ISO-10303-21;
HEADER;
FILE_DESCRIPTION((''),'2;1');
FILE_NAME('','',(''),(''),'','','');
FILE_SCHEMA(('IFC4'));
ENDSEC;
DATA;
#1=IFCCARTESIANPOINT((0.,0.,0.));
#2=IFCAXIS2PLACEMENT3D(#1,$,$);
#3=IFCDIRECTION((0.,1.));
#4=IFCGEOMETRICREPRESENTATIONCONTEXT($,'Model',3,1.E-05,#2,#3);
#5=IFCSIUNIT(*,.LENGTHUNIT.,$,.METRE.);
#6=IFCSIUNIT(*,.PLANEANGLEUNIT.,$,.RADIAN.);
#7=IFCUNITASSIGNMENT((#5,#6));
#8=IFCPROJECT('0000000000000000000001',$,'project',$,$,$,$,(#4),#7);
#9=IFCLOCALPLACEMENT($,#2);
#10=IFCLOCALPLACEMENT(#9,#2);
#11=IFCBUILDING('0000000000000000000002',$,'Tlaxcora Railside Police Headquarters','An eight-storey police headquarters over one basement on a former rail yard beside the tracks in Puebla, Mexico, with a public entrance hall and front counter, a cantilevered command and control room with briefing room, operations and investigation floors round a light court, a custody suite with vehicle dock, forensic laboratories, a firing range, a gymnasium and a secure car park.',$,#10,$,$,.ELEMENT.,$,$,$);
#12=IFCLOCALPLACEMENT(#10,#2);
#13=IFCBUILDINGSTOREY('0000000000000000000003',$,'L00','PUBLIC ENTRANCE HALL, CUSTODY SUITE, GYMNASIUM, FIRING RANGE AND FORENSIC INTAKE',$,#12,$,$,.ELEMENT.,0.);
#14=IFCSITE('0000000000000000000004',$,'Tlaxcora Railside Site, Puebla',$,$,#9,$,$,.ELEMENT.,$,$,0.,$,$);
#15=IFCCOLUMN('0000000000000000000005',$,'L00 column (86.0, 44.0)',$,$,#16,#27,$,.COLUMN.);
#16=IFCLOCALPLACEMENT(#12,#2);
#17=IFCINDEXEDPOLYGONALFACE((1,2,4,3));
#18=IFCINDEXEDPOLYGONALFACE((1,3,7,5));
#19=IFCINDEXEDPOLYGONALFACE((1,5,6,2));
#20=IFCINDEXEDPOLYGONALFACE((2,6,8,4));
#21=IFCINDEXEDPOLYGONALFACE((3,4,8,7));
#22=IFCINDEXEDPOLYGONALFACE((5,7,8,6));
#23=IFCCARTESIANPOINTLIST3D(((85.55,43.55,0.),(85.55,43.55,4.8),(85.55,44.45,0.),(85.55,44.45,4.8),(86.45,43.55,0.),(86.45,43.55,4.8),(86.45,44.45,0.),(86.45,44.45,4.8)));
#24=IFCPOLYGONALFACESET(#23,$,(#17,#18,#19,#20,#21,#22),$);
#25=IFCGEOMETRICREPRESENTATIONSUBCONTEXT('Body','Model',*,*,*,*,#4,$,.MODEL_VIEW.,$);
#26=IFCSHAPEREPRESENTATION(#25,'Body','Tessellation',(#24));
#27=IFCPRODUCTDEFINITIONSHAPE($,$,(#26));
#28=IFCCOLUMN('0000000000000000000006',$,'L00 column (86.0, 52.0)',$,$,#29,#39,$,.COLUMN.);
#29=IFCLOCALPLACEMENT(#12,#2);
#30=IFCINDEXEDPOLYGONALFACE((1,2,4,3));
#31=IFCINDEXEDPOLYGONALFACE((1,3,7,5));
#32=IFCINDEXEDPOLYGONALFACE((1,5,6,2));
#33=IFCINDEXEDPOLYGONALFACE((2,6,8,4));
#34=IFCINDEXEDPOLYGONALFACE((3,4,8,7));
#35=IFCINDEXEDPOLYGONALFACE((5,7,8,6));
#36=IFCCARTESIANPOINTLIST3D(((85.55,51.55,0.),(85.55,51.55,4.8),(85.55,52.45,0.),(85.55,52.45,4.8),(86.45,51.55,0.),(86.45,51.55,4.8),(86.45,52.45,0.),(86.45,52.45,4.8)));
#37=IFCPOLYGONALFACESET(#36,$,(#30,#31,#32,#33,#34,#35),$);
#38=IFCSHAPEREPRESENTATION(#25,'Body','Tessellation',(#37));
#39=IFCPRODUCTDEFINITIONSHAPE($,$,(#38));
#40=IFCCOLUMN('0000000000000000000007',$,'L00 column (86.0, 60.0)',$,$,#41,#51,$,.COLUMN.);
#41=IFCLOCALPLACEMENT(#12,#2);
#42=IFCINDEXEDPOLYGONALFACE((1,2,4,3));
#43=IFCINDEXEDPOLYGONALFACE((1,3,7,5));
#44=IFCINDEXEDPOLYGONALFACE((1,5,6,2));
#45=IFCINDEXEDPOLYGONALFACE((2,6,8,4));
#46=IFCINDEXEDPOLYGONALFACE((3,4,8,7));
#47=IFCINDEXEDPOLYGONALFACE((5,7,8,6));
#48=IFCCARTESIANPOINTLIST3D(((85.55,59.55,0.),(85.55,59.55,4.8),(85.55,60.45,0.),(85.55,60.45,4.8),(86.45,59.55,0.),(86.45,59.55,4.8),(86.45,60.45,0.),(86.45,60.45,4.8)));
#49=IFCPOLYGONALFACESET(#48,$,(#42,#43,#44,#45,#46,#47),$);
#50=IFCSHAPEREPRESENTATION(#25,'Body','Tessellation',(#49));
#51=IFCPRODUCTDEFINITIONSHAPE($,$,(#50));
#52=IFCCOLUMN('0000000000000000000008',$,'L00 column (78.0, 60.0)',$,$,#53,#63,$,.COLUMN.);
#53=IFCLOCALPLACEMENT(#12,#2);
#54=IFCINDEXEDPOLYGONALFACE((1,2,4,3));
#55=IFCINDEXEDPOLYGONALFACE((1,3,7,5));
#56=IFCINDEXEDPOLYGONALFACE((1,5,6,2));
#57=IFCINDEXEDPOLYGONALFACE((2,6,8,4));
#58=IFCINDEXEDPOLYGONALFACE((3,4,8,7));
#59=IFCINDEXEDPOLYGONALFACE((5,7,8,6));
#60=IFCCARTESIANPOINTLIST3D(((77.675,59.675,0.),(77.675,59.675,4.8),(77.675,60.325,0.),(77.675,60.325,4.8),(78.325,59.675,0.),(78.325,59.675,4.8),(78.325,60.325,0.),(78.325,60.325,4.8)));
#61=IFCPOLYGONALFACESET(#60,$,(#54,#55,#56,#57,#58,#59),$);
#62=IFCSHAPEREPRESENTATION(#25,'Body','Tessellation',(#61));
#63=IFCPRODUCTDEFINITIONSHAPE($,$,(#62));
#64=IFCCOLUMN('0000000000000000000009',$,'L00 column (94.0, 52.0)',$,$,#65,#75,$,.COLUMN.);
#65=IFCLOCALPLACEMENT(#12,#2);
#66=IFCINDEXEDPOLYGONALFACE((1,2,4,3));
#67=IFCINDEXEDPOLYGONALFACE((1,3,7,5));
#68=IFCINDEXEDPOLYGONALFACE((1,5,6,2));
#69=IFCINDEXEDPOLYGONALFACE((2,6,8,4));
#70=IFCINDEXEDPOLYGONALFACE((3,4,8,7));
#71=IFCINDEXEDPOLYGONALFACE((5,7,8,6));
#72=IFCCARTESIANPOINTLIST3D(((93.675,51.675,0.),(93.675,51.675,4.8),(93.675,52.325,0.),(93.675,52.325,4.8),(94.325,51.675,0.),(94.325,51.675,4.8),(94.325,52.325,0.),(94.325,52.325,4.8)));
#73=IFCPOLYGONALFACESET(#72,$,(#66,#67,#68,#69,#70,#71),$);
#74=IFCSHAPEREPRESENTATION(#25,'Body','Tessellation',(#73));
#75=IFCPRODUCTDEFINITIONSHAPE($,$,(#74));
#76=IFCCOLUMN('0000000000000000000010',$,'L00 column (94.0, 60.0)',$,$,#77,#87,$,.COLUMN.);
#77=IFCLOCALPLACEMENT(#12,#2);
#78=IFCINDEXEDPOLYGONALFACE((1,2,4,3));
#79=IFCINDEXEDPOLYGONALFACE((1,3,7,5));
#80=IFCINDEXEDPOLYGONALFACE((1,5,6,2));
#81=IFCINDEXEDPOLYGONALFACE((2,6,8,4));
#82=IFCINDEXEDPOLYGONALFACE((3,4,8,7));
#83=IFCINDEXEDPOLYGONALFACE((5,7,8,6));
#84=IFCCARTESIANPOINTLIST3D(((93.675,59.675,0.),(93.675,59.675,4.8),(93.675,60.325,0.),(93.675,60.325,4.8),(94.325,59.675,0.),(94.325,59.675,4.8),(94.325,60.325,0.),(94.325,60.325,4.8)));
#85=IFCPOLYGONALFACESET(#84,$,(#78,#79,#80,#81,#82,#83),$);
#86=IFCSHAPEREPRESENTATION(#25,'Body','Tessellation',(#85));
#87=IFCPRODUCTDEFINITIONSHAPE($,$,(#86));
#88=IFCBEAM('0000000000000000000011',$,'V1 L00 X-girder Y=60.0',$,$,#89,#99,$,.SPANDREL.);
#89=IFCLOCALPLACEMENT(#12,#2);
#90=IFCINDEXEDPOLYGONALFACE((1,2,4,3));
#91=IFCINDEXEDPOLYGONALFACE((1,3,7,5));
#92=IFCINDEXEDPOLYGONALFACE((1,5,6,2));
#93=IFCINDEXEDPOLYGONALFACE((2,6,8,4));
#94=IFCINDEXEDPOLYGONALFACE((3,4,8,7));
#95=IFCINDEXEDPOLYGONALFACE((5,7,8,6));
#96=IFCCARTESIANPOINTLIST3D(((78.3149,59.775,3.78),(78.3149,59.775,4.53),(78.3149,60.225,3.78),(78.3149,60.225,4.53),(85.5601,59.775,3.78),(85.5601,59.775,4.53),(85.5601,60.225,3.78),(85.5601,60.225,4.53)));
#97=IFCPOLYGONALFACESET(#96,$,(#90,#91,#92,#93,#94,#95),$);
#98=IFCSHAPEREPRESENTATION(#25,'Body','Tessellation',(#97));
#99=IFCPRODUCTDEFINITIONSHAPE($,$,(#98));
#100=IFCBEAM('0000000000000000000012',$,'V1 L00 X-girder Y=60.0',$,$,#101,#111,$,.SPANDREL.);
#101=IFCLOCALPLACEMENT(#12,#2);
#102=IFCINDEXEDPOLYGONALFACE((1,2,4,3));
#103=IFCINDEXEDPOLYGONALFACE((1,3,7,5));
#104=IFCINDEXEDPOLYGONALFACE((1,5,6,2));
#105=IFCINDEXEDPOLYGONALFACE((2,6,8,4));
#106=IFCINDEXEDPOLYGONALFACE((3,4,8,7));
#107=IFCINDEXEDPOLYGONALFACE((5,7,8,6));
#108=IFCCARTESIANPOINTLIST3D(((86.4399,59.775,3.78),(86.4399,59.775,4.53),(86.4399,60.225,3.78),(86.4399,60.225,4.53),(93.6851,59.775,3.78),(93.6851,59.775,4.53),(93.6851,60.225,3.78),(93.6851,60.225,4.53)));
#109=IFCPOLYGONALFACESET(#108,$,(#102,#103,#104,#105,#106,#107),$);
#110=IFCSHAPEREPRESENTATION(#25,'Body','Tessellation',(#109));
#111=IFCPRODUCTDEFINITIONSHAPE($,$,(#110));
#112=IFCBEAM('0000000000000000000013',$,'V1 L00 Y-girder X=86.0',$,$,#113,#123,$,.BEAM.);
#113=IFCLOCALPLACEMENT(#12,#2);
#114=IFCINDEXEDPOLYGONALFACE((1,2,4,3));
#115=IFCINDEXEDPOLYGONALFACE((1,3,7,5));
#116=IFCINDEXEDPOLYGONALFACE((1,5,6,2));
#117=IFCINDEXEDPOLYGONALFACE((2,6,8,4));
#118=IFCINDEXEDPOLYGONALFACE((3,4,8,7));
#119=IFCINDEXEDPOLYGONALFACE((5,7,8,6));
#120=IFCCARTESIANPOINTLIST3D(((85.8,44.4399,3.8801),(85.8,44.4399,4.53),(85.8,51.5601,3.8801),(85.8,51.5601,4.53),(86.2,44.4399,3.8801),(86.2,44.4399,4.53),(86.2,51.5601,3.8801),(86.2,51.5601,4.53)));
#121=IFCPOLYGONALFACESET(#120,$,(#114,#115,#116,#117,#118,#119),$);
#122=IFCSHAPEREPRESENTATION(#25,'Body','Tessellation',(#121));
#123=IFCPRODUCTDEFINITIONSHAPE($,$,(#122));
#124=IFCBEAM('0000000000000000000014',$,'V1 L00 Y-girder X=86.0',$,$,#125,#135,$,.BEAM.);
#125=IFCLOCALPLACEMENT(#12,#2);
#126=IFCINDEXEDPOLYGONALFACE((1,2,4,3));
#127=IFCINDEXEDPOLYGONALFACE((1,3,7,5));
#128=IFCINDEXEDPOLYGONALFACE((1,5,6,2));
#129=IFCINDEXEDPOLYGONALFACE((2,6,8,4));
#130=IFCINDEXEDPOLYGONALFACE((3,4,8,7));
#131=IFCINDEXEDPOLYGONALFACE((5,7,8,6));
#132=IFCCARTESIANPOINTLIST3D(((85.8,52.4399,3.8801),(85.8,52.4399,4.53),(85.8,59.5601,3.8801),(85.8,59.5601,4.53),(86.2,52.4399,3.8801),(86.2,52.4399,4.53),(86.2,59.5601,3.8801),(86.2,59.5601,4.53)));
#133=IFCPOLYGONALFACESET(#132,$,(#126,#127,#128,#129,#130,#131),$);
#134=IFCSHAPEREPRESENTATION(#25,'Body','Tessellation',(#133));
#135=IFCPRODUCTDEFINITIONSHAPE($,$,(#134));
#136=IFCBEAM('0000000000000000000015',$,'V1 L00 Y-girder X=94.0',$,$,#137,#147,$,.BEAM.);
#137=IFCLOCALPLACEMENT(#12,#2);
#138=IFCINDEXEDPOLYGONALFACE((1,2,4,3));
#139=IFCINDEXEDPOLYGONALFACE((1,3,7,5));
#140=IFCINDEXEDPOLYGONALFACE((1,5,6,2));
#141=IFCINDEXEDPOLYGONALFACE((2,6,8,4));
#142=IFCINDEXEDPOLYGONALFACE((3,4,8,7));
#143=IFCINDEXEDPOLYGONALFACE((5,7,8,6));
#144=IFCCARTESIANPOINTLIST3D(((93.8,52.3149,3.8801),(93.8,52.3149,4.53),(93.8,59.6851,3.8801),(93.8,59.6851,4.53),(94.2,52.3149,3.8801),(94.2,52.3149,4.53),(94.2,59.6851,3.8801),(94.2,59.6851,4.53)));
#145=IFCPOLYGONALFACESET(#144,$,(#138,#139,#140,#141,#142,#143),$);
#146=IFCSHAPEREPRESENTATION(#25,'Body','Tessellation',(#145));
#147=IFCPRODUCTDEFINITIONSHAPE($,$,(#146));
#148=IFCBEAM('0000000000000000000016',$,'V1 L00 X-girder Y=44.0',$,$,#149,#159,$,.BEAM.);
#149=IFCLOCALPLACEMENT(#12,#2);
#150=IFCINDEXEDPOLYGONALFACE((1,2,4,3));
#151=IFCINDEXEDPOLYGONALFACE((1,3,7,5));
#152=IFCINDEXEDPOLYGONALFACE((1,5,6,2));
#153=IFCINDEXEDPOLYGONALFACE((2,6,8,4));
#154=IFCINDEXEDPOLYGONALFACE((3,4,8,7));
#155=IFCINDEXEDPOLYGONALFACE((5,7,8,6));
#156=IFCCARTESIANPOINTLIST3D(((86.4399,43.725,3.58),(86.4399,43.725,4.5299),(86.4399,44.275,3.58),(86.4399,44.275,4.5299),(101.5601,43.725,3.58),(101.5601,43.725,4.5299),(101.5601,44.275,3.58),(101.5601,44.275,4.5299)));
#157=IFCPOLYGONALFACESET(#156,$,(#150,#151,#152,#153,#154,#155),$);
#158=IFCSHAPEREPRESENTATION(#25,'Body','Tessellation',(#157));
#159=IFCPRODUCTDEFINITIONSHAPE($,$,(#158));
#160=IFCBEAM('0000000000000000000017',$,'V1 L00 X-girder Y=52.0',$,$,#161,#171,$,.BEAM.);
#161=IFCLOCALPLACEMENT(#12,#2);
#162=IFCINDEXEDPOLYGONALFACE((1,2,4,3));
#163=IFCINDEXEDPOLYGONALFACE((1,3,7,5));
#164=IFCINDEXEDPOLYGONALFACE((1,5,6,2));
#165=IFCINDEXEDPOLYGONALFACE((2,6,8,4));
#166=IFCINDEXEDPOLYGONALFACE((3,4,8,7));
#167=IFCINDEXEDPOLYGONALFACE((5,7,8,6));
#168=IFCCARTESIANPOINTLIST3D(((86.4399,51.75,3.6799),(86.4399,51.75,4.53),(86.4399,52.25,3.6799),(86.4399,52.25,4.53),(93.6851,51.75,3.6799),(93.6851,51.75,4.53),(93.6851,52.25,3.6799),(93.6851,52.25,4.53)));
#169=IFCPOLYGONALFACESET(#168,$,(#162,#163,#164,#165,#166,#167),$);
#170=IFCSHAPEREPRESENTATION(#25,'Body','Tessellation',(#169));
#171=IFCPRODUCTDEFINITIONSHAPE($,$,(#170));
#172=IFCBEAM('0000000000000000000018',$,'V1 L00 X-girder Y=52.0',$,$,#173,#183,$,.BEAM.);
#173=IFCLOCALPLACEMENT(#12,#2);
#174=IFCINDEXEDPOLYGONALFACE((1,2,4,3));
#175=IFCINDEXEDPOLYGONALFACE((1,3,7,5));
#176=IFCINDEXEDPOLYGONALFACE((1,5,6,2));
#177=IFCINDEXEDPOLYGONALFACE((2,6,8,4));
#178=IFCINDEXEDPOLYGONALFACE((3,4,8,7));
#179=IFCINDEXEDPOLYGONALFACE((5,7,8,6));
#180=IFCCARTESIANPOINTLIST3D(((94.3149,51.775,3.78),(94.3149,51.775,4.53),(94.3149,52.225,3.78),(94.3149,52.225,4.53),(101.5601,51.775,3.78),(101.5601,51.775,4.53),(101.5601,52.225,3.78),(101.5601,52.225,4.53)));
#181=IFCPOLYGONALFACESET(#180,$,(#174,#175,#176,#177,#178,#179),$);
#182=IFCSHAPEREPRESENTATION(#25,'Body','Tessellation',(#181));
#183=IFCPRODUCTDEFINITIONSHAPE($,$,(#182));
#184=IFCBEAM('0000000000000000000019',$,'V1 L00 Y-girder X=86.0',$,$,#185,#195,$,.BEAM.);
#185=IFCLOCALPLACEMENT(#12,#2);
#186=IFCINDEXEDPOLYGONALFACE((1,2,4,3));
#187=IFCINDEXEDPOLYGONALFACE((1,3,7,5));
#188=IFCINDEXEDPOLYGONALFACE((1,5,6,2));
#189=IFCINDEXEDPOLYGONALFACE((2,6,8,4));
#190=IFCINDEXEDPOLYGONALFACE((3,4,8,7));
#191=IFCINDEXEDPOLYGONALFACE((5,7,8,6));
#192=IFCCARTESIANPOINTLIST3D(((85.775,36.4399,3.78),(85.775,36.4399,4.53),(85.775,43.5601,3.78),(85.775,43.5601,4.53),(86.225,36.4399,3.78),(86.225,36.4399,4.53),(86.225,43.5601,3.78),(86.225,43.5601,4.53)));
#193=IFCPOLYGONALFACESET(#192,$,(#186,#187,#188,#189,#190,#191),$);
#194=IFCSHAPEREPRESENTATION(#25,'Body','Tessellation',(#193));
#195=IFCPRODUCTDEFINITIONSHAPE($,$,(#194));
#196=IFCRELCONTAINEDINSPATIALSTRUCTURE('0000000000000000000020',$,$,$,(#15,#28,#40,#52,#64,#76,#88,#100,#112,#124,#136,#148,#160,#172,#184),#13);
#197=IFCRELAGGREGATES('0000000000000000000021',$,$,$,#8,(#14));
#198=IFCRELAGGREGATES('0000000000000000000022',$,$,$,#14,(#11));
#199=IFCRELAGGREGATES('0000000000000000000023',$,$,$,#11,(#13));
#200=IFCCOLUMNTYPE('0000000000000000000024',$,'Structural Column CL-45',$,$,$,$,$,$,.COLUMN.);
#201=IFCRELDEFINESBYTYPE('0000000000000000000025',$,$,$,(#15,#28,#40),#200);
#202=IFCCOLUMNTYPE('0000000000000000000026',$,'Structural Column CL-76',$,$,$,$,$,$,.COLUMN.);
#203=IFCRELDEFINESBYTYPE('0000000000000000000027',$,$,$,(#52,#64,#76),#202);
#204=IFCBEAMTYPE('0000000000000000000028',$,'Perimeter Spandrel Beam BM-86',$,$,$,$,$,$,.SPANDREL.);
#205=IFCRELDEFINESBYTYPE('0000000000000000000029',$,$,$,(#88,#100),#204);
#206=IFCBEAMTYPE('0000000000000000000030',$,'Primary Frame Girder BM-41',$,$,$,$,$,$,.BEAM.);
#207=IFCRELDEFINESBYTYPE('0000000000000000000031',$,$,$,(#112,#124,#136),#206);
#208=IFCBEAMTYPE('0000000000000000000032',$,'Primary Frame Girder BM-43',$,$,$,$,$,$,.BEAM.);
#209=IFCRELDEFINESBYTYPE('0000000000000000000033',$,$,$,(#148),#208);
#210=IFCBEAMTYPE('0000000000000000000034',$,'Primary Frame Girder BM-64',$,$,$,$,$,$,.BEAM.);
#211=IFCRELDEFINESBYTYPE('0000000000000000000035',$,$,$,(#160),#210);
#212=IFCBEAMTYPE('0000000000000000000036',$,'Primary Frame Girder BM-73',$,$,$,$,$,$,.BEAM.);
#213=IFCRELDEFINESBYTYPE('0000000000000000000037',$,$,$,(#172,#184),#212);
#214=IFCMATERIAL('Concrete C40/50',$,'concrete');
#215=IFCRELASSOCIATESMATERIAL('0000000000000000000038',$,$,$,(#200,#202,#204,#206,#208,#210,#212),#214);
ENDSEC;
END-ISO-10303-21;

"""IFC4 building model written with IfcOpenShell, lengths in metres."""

from ifc_helpers import new_model, si_unit, direction, frame, origin, origin_2d, place, context, subcontext, project, spatial, rectangle, extrude, material, material_profile, profile_set, type_object, element, save


model = new_model("IFC4")

# Units and contexts
model_context = context("Model", 3, precision=1e-05, world=origin(), true_north=direction((0.0, 1.0)))
body_context = subcontext(model_context, "Body", "Model", "MODEL_VIEW")
ifc_project = project(units=[si_unit("LENGTHUNIT", "METRE"), si_unit("PLANEANGLEUNIT", "RADIAN")], contexts=[model_context])

# Site, building, storey
site_placement = place(None, origin())
site = spatial("IfcSite", under=ifc_project, at=site_placement, Name="Tlaxcora Railside Site, Puebla", CompositionType="ELEMENT", RefElevation=0.0)
building_placement = place(site_placement, origin())
building = spatial("IfcBuilding", under=site, at=building_placement, Name="Tlaxcora Railside Police Headquarters", Description="An eight-storey police headquarters over one basement on a former rail yard beside the tracks in Puebla, Mexico, with a public entrance hall and front counter, a cantilevered command and control room with briefing room, operations and investigation floors round a light court, a custody suite with vehicle dock, forensic laboratories, a firing range, a gymnasium and a secure car park.", CompositionType="ELEMENT")
storey_placement = place(building_placement, origin())
storey = spatial("IfcBuildingStorey", under=building, at=storey_placement, Name="L00", Description="PUBLIC ENTRANCE HALL, CUSTODY SUITE, GYMNASIUM, FIRING RANGE AND FORENSIC INTAKE", CompositionType="ELEMENT", Elevation=0.0)

# Columns
ifc_material_1 = material(Name="Concrete C40/50", Category="concrete")
ifc_material_profile_1 = material_profile(ifc_material_1, rectangle(XDim=0.8999, YDim=0.8999, at=origin_2d()), Name="RC900X900")
ifc_profile_set_1 = profile_set([ifc_material_profile_1], Name="Concrete C40/50")
column_type_1 = type_object("IfcColumnType", Name="Structural Column CL-45", PredefinedType="COLUMN", material=ifc_profile_set_1)
for number, where, z_axis, x_axis, name in (
    (1, (86.0, 44.0, 0.0), (0.0, 0.0, 1.0), (1.0, 0.0, 0.0), "L00 column (86.0, 44.0)"),
    (2, (86.0, 52.0, 0.0), (0.0, 0.0, 1.0), (1.0, 0.0, 0.0), "L00 column (86.0, 52.0)"),
    (3, (86.0, 60.0, 0.0), (0.0, 0.0, 1.0), (1.0, 0.0, 0.0), "L00 column (86.0, 60.0)"),
):
    element("IfcColumn", number, at=place(storey_placement, frame(where, z_axis=z_axis, x_axis=x_axis)), inside=storey, type_object=column_type_1, Name=name, PredefinedType="COLUMN", context=body_context, shape_type="SweptSolid", body=[
        extrude(rectangle(XDim=0.8999, YDim=0.8999, at=origin_2d()), origin(), (0.0, 0.0, 1.0), 4.8),
    ])
ifc_material_profile_2 = material_profile(ifc_material_1, rectangle(XDim=0.6499, YDim=0.6499, at=origin_2d()), Name="RC650X650")
ifc_profile_set_2 = profile_set([ifc_material_profile_2], Name="Concrete C40/50")
column_type_2 = type_object("IfcColumnType", Name="Structural Column CL-76", PredefinedType="COLUMN", material=ifc_profile_set_2)
for number, where, z_axis, x_axis, name in (
    (4, (78.0, 60.0, 0.0), (0.0, 0.0, 1.0), (1.0, 0.0, 0.0), "L00 column (78.0, 60.0)"),
    (5, (94.0, 52.0, 0.0), (0.0, 0.0, 1.0), (1.0, 0.0, 0.0), "L00 column (94.0, 52.0)"),
    (6, (94.0, 60.0, 0.0), (0.0, 0.0, 1.0), (1.0, 0.0, 0.0), "L00 column (94.0, 60.0)"),
):
    element("IfcColumn", number, at=place(storey_placement, frame(where, z_axis=z_axis, x_axis=x_axis)), inside=storey, type_object=column_type_2, Name=name, PredefinedType="COLUMN", context=body_context, shape_type="SweptSolid", body=[
        extrude(rectangle(XDim=0.6499, YDim=0.6499, at=origin_2d()), origin(), (0.0, 0.0, 1.0), 4.8),
    ])

# Beams
ifc_material_profile_3 = material_profile(ifc_material_1, rectangle(XDim=0.45, YDim=0.75, at=origin_2d()), Name="RC450X750")
ifc_profile_set_3 = profile_set([ifc_material_profile_3], Name="Concrete C40/50")
beam_type_1 = type_object("IfcBeamType", Name="Perimeter Spandrel Beam BM-86", PredefinedType="SPANDREL", material=ifc_profile_set_3)
for number, where, z_axis, x_axis, name in (
    (7, (78.3149, 60.0, 4.155), (1.0, 0.0, 0.0), (0.0, 1.0, 0.0), "V1 L00 X-girder Y=60.0"),
    (8, (86.4399, 60.0, 4.155), (1.0, 0.0, 0.0), (0.0, 1.0, 0.0), "V1 L00 X-girder Y=60.0"),
):
    element("IfcBeam", number, at=place(storey_placement, frame(where, z_axis=z_axis, x_axis=x_axis)), inside=storey, type_object=beam_type_1, Name=name, PredefinedType="SPANDREL", context=body_context, shape_type="SweptSolid", body=[
        extrude(rectangle(XDim=0.45, YDim=0.75, at=origin_2d()), origin(), (0.0, 0.0, 1.0), 7.2451),
    ])
ifc_material_profile_4 = material_profile(ifc_material_1, rectangle(XDim=0.3999, YDim=0.6499, at=origin_2d()), Name="RC400X650")
ifc_profile_set_4 = profile_set([ifc_material_profile_4], Name="Concrete C40/50")
beam_type_2 = type_object("IfcBeamType", Name="Primary Frame Girder BM-41", PredefinedType="BEAM", material=ifc_profile_set_4)
for number, where, z_axis, x_axis, name in (
    (9, (86.0, 44.4399, 4.2051), (0.0, 1.0, 0.0), (-1.0, 0.0, 0.0), "V1 L00 Y-girder X=86.0"),
    (10, (86.0, 52.4399, 4.2051), (0.0, 1.0, 0.0), (-1.0, 0.0, 0.0), "V1 L00 Y-girder X=86.0"),
):
    element("IfcBeam", number, at=place(storey_placement, frame(where, z_axis=z_axis, x_axis=x_axis)), inside=storey, type_object=beam_type_2, Name=name, PredefinedType="BEAM", context=body_context, shape_type="SweptSolid", body=[
        extrude(rectangle(XDim=0.3999, YDim=0.6499, at=origin_2d()), origin(), (0.0, 0.0, 1.0), 7.1201),
    ])
beam_1_placement = place(storey_placement, frame((94.0, 52.3149, 4.2051), z_axis=(0.0, 1.0, 0.0), x_axis=(-1.0, 0.0, 0.0)))
element("IfcBeam", 11, at=beam_1_placement, inside=storey, type_object=beam_type_2, Name="V1 L00 Y-girder X=94.0", PredefinedType="BEAM", context=body_context, shape_type="SweptSolid", body=[
    extrude(rectangle(XDim=0.3999, YDim=0.6499, at=origin_2d()), origin(), (0.0, 0.0, 1.0), 7.3701),
])
ifc_material_profile_5 = material_profile(ifc_material_1, rectangle(XDim=0.55, YDim=0.95, at=origin_2d()), Name="RC550X950")
ifc_profile_set_5 = profile_set([ifc_material_profile_5], Name="Concrete C40/50")
beam_type_3 = type_object("IfcBeamType", Name="Primary Frame Girder BM-43", PredefinedType="BEAM", material=ifc_profile_set_5)
beam_2_placement = place(storey_placement, frame((86.4399, 44.0, 4.0549), z_axis=(1.0, 0.0, 0.0), x_axis=(0.0, 1.0, 0.0)))
element("IfcBeam", 12, at=beam_2_placement, inside=storey, type_object=beam_type_3, Name="V1 L00 X-girder Y=44.0", PredefinedType="BEAM", context=body_context, shape_type="SweptSolid", body=[
    extrude(rectangle(XDim=0.55, YDim=0.95, at=origin_2d()), origin(), (0.0, 0.0, 1.0), 15.1201),
])
ifc_material_profile_6 = material_profile(ifc_material_1, rectangle(XDim=0.5, YDim=0.8501, at=origin_2d()), Name="RC500X850")
ifc_profile_set_6 = profile_set([ifc_material_profile_6], Name="Concrete C40/50")
beam_type_4 = type_object("IfcBeamType", Name="Primary Frame Girder BM-64", PredefinedType="BEAM", material=ifc_profile_set_6)
beam_3_placement = place(storey_placement, frame((86.4399, 52.0, 4.105), z_axis=(1.0, 0.0, 0.0), x_axis=(0.0, 1.0, 0.0)))
element("IfcBeam", 13, at=beam_3_placement, inside=storey, type_object=beam_type_4, Name="V1 L00 X-girder Y=52.0", PredefinedType="BEAM", context=body_context, shape_type="SweptSolid", body=[
    extrude(rectangle(XDim=0.5, YDim=0.8501, at=origin_2d()), origin(), (0.0, 0.0, 1.0), 7.2451),
])
ifc_material_profile_7 = material_profile(ifc_material_1, rectangle(XDim=0.45, YDim=0.75, at=origin_2d()), Name="RC450X750")
ifc_profile_set_7 = profile_set([ifc_material_profile_7], Name="Concrete C40/50")
beam_type_5 = type_object("IfcBeamType", Name="Primary Frame Girder BM-73", PredefinedType="BEAM", material=ifc_profile_set_7)
beam_4_placement = place(storey_placement, frame((94.3149, 52.0, 4.155), z_axis=(1.0, 0.0, 0.0), x_axis=(0.0, 1.0, 0.0)))
element("IfcBeam", 14, at=beam_4_placement, inside=storey, type_object=beam_type_5, Name="V1 L00 X-girder Y=52.0", PredefinedType="BEAM", context=body_context, shape_type="SweptSolid", body=[
    extrude(rectangle(XDim=0.45, YDim=0.75, at=origin_2d()), origin(), (0.0, 0.0, 1.0), 7.2451),
])
beam_5_placement = place(storey_placement, frame((86.0, 36.4399, 4.155), z_axis=(0.0, 1.0, 0.0), x_axis=(-1.0, 0.0, 0.0)))
element("IfcBeam", 15, at=beam_5_placement, inside=storey, type_object=beam_type_5, Name="V1 L00 Y-girder X=86.0", PredefinedType="BEAM", context=body_context, shape_type="SweptSolid", body=[
    extrude(rectangle(XDim=0.45, YDim=0.75, at=origin_2d()), origin(), (0.0, 0.0, 1.0), 7.1201),
])

save(model, "model.ifc")
